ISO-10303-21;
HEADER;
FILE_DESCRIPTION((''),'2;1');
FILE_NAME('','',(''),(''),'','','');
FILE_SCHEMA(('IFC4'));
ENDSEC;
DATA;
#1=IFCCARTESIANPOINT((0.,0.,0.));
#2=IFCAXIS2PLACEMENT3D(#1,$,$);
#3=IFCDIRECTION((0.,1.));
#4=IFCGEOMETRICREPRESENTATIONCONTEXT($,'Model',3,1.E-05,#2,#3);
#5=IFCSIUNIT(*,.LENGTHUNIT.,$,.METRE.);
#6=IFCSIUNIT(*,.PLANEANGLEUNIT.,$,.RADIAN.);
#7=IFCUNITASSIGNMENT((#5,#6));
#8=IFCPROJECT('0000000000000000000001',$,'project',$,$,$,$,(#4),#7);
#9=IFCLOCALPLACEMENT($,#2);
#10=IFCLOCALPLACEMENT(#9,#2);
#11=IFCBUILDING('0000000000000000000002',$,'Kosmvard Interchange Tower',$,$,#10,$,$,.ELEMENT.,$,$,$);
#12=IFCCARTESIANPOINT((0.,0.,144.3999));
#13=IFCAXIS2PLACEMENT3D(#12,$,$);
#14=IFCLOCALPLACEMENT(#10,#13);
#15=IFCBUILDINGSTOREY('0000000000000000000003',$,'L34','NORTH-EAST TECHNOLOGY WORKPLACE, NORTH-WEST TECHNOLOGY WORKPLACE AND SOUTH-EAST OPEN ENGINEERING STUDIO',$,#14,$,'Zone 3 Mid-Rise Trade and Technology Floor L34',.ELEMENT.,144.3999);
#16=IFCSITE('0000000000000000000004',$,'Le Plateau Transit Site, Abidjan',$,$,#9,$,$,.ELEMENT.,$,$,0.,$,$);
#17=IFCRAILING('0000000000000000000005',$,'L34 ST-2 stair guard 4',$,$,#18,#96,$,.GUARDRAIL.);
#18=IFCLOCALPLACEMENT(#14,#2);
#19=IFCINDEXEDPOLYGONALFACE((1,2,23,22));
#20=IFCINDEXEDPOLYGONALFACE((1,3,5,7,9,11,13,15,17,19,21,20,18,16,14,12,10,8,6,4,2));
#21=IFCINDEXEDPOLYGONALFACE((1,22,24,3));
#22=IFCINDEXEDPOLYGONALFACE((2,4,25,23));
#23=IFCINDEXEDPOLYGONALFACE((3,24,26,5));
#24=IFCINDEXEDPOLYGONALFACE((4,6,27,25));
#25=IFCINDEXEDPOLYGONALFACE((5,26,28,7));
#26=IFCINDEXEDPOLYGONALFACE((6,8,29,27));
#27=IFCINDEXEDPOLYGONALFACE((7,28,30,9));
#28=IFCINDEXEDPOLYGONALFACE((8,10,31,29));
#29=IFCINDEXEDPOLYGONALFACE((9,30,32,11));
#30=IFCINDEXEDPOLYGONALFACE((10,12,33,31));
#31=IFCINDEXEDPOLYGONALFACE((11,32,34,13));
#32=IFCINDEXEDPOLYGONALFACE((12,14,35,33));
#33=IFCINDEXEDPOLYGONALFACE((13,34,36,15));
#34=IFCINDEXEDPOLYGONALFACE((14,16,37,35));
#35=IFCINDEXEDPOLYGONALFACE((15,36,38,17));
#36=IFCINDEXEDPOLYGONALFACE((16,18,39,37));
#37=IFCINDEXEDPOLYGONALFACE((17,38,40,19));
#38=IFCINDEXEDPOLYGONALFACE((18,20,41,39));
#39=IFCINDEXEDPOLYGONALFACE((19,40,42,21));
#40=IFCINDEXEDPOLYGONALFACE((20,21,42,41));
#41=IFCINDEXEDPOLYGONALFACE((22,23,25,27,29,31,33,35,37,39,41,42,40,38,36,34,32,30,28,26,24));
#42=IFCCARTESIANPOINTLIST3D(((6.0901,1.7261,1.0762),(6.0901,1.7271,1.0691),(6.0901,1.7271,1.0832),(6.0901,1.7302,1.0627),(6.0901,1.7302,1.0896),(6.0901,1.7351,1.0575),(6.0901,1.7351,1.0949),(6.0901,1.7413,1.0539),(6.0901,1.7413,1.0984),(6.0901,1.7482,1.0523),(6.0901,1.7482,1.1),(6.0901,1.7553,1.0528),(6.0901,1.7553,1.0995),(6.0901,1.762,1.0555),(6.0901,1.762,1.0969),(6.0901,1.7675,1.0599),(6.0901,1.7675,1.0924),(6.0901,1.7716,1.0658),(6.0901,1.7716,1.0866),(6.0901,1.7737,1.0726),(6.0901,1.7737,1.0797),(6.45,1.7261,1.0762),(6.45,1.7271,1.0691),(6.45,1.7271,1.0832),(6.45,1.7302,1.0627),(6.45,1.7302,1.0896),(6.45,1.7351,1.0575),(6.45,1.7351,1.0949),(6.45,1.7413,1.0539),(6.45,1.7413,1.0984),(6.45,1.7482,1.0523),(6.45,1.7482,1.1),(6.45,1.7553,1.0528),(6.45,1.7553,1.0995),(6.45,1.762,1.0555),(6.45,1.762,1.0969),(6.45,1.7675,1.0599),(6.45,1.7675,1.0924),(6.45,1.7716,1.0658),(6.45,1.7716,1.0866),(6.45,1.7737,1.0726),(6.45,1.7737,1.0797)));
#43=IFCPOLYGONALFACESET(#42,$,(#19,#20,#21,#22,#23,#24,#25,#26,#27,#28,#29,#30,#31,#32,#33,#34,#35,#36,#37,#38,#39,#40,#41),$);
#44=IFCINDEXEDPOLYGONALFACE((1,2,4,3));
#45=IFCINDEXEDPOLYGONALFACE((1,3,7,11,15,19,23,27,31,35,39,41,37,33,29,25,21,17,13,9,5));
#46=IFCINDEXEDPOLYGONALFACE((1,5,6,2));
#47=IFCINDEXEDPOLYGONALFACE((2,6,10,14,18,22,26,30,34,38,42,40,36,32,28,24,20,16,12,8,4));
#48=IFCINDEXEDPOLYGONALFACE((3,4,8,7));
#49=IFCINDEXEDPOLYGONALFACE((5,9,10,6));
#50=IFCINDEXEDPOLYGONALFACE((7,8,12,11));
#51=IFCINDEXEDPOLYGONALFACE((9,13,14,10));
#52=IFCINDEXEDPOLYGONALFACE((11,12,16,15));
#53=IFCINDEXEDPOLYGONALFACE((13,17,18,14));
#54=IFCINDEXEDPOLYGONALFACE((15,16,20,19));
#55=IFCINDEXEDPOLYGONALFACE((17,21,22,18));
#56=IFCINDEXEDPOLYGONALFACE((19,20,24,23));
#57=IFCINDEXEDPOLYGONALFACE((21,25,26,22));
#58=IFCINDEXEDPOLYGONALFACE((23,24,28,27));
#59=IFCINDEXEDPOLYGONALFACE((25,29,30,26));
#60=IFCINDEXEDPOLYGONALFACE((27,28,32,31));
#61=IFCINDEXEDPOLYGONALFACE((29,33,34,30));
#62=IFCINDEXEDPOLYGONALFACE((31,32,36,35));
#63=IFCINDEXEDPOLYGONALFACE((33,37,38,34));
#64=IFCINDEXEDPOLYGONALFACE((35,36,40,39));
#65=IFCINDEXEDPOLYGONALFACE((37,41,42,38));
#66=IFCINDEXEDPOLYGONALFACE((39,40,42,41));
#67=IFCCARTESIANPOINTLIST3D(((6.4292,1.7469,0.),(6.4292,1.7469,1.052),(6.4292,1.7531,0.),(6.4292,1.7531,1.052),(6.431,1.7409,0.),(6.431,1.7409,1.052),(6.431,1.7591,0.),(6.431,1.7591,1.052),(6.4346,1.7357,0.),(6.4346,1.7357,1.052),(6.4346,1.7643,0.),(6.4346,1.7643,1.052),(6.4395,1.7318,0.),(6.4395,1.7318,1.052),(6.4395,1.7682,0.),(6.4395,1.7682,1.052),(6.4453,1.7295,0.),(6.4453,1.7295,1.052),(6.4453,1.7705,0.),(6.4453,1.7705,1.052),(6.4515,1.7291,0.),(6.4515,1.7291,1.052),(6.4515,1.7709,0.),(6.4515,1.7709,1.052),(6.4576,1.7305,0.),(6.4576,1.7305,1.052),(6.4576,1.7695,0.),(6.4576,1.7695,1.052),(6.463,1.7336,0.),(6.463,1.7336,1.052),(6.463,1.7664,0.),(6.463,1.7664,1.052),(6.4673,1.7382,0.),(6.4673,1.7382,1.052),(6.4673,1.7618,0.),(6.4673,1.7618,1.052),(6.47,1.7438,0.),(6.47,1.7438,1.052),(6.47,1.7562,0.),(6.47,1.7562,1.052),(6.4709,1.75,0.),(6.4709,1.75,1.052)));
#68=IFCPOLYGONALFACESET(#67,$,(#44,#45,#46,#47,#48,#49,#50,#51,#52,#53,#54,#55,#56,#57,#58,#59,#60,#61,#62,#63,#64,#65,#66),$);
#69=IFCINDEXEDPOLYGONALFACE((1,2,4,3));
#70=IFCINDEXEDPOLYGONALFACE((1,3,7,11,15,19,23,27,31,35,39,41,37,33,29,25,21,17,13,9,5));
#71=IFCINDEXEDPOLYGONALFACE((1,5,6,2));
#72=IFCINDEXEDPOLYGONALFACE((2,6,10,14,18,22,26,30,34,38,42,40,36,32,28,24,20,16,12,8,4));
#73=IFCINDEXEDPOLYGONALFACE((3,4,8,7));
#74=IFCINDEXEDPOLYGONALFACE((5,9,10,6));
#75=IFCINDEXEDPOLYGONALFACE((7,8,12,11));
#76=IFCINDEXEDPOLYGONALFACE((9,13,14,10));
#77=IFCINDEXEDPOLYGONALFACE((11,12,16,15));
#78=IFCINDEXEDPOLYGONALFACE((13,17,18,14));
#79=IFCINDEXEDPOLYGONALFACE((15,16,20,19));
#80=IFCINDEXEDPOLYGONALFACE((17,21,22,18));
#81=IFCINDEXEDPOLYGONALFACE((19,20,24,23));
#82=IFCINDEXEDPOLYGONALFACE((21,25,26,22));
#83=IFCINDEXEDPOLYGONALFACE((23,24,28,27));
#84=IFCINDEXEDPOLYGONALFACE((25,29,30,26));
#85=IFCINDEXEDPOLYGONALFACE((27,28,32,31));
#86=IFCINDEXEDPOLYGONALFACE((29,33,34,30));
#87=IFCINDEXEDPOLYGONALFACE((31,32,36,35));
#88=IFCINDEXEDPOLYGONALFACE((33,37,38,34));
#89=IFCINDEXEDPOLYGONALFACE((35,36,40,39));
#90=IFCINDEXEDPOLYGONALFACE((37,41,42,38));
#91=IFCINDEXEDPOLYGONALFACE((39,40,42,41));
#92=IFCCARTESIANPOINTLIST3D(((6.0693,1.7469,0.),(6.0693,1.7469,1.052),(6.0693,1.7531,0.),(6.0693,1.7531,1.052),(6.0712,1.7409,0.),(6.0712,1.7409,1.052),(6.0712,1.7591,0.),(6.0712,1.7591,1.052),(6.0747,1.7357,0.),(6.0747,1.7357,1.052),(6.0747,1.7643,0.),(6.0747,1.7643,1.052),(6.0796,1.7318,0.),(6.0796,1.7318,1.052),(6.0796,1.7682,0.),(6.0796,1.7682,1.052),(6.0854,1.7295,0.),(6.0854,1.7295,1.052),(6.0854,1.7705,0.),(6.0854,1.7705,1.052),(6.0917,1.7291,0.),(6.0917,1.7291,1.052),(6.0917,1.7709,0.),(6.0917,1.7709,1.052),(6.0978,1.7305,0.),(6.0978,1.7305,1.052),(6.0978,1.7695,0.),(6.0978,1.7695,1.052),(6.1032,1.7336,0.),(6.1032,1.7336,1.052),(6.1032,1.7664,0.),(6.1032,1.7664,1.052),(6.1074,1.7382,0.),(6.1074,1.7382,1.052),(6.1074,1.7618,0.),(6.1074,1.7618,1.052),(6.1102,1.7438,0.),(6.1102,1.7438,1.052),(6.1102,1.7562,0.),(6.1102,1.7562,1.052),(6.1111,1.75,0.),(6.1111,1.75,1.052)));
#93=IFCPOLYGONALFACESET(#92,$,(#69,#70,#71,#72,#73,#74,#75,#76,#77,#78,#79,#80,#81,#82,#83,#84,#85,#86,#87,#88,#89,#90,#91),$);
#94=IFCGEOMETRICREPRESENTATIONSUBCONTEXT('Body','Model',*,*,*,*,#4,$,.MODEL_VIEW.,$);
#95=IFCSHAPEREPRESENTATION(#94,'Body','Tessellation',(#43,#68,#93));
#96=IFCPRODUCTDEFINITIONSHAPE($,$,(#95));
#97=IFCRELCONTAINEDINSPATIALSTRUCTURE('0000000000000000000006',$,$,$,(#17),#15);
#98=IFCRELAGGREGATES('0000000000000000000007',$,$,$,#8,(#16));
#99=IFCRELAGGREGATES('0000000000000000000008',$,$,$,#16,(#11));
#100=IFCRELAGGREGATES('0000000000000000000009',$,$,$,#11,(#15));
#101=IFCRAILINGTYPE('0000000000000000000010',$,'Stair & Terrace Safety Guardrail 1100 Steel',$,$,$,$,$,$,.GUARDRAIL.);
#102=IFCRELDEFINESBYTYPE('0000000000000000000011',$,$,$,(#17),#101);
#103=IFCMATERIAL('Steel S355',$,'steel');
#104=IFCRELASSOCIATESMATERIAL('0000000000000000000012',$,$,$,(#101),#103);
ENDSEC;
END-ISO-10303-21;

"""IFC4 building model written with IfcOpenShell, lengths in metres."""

from ifc_helpers import new_model, si_unit, direction, frame, origin, origin_2d, place, context, subcontext, project, spatial, circle, extrude, source, transform, mapped, material, type_object, element, save


model = new_model("IFC4")

# Units and contexts
model_context = context("Model", 3, precision=1e-05, world=origin(), true_north=direction((0.0, 1.0)))
body_context = subcontext(model_context, "Body", "Model", "MODEL_VIEW")
ifc_project = project(units=[si_unit("LENGTHUNIT", "METRE"), si_unit("PLANEANGLEUNIT", "RADIAN")], contexts=[model_context])

# Site, building, storey
site_placement = place(None, origin())
site = spatial("IfcSite", under=ifc_project, at=site_placement, Name="Le Plateau Transit Site, Abidjan", CompositionType="ELEMENT", RefElevation=0.0)
building_placement = place(site_placement, origin())
building = spatial("IfcBuilding", under=site, at=building_placement, Name="Kosmvard Interchange Tower", CompositionType="ELEMENT")
storey_placement = place(building_placement, frame((0.0, 0.0, 144.3999)))
storey = spatial("IfcBuildingStorey", under=building, at=storey_placement, Name="L34", Description="NORTH-EAST TECHNOLOGY WORKPLACE, NORTH-WEST TECHNOLOGY WORKPLACE AND SOUTH-EAST OPEN ENGINEERING STUDIO", LongName="Zone 3 Mid-Rise Trade and Technology Floor L34", CompositionType="ELEMENT", Elevation=144.3999)

# Shared definitions
ifc_material_1 = material(Name="Steel S355", Category="steel")

# Railing
railing_type_1 = type_object("IfcRailingType", Name="Stair & Terrace Safety Guardrail 1100 Steel", PredefinedType="GUARDRAIL", material=ifc_material_1)
shared_shape_1 = source(origin(), body_context, "Body", "SweptSolid", [
    extrude(circle(Radius=0.0239, at=origin_2d()), frame((0.0, 0.0, 1.0762), z_axis=(-1.0, 0.0, 0.0), x_axis=(0.0, -1.0, 0.0)), (0.0, 0.0, 1.0), 0.3599),
    extrude(circle(Radius=0.021, at=origin_2d()), origin(), (0.0, 0.0, 1.0), 1.052),
    extrude(circle(Radius=0.021, at=origin_2d()), frame((-0.3599, 0.0, 0.0)), (0.0, 0.0, 1.0), 1.052),
])
for number, where, name in (
    (1, (6.45, 1.75, 0.0), "L34 ST-2 stair guard 4"),
):
    element("IfcRailing", number, at=place(storey_placement, frame(where)), inside=storey, type_object=railing_type_1, Name=name, PredefinedType="GUARDRAIL", context=body_context, shape_type="MappedRepresentation", body=[
        mapped(shared_shape_1, transform((0.0, 0.0, 0.0), scale=1.0)),
    ])

save(model, "model.ifc")
